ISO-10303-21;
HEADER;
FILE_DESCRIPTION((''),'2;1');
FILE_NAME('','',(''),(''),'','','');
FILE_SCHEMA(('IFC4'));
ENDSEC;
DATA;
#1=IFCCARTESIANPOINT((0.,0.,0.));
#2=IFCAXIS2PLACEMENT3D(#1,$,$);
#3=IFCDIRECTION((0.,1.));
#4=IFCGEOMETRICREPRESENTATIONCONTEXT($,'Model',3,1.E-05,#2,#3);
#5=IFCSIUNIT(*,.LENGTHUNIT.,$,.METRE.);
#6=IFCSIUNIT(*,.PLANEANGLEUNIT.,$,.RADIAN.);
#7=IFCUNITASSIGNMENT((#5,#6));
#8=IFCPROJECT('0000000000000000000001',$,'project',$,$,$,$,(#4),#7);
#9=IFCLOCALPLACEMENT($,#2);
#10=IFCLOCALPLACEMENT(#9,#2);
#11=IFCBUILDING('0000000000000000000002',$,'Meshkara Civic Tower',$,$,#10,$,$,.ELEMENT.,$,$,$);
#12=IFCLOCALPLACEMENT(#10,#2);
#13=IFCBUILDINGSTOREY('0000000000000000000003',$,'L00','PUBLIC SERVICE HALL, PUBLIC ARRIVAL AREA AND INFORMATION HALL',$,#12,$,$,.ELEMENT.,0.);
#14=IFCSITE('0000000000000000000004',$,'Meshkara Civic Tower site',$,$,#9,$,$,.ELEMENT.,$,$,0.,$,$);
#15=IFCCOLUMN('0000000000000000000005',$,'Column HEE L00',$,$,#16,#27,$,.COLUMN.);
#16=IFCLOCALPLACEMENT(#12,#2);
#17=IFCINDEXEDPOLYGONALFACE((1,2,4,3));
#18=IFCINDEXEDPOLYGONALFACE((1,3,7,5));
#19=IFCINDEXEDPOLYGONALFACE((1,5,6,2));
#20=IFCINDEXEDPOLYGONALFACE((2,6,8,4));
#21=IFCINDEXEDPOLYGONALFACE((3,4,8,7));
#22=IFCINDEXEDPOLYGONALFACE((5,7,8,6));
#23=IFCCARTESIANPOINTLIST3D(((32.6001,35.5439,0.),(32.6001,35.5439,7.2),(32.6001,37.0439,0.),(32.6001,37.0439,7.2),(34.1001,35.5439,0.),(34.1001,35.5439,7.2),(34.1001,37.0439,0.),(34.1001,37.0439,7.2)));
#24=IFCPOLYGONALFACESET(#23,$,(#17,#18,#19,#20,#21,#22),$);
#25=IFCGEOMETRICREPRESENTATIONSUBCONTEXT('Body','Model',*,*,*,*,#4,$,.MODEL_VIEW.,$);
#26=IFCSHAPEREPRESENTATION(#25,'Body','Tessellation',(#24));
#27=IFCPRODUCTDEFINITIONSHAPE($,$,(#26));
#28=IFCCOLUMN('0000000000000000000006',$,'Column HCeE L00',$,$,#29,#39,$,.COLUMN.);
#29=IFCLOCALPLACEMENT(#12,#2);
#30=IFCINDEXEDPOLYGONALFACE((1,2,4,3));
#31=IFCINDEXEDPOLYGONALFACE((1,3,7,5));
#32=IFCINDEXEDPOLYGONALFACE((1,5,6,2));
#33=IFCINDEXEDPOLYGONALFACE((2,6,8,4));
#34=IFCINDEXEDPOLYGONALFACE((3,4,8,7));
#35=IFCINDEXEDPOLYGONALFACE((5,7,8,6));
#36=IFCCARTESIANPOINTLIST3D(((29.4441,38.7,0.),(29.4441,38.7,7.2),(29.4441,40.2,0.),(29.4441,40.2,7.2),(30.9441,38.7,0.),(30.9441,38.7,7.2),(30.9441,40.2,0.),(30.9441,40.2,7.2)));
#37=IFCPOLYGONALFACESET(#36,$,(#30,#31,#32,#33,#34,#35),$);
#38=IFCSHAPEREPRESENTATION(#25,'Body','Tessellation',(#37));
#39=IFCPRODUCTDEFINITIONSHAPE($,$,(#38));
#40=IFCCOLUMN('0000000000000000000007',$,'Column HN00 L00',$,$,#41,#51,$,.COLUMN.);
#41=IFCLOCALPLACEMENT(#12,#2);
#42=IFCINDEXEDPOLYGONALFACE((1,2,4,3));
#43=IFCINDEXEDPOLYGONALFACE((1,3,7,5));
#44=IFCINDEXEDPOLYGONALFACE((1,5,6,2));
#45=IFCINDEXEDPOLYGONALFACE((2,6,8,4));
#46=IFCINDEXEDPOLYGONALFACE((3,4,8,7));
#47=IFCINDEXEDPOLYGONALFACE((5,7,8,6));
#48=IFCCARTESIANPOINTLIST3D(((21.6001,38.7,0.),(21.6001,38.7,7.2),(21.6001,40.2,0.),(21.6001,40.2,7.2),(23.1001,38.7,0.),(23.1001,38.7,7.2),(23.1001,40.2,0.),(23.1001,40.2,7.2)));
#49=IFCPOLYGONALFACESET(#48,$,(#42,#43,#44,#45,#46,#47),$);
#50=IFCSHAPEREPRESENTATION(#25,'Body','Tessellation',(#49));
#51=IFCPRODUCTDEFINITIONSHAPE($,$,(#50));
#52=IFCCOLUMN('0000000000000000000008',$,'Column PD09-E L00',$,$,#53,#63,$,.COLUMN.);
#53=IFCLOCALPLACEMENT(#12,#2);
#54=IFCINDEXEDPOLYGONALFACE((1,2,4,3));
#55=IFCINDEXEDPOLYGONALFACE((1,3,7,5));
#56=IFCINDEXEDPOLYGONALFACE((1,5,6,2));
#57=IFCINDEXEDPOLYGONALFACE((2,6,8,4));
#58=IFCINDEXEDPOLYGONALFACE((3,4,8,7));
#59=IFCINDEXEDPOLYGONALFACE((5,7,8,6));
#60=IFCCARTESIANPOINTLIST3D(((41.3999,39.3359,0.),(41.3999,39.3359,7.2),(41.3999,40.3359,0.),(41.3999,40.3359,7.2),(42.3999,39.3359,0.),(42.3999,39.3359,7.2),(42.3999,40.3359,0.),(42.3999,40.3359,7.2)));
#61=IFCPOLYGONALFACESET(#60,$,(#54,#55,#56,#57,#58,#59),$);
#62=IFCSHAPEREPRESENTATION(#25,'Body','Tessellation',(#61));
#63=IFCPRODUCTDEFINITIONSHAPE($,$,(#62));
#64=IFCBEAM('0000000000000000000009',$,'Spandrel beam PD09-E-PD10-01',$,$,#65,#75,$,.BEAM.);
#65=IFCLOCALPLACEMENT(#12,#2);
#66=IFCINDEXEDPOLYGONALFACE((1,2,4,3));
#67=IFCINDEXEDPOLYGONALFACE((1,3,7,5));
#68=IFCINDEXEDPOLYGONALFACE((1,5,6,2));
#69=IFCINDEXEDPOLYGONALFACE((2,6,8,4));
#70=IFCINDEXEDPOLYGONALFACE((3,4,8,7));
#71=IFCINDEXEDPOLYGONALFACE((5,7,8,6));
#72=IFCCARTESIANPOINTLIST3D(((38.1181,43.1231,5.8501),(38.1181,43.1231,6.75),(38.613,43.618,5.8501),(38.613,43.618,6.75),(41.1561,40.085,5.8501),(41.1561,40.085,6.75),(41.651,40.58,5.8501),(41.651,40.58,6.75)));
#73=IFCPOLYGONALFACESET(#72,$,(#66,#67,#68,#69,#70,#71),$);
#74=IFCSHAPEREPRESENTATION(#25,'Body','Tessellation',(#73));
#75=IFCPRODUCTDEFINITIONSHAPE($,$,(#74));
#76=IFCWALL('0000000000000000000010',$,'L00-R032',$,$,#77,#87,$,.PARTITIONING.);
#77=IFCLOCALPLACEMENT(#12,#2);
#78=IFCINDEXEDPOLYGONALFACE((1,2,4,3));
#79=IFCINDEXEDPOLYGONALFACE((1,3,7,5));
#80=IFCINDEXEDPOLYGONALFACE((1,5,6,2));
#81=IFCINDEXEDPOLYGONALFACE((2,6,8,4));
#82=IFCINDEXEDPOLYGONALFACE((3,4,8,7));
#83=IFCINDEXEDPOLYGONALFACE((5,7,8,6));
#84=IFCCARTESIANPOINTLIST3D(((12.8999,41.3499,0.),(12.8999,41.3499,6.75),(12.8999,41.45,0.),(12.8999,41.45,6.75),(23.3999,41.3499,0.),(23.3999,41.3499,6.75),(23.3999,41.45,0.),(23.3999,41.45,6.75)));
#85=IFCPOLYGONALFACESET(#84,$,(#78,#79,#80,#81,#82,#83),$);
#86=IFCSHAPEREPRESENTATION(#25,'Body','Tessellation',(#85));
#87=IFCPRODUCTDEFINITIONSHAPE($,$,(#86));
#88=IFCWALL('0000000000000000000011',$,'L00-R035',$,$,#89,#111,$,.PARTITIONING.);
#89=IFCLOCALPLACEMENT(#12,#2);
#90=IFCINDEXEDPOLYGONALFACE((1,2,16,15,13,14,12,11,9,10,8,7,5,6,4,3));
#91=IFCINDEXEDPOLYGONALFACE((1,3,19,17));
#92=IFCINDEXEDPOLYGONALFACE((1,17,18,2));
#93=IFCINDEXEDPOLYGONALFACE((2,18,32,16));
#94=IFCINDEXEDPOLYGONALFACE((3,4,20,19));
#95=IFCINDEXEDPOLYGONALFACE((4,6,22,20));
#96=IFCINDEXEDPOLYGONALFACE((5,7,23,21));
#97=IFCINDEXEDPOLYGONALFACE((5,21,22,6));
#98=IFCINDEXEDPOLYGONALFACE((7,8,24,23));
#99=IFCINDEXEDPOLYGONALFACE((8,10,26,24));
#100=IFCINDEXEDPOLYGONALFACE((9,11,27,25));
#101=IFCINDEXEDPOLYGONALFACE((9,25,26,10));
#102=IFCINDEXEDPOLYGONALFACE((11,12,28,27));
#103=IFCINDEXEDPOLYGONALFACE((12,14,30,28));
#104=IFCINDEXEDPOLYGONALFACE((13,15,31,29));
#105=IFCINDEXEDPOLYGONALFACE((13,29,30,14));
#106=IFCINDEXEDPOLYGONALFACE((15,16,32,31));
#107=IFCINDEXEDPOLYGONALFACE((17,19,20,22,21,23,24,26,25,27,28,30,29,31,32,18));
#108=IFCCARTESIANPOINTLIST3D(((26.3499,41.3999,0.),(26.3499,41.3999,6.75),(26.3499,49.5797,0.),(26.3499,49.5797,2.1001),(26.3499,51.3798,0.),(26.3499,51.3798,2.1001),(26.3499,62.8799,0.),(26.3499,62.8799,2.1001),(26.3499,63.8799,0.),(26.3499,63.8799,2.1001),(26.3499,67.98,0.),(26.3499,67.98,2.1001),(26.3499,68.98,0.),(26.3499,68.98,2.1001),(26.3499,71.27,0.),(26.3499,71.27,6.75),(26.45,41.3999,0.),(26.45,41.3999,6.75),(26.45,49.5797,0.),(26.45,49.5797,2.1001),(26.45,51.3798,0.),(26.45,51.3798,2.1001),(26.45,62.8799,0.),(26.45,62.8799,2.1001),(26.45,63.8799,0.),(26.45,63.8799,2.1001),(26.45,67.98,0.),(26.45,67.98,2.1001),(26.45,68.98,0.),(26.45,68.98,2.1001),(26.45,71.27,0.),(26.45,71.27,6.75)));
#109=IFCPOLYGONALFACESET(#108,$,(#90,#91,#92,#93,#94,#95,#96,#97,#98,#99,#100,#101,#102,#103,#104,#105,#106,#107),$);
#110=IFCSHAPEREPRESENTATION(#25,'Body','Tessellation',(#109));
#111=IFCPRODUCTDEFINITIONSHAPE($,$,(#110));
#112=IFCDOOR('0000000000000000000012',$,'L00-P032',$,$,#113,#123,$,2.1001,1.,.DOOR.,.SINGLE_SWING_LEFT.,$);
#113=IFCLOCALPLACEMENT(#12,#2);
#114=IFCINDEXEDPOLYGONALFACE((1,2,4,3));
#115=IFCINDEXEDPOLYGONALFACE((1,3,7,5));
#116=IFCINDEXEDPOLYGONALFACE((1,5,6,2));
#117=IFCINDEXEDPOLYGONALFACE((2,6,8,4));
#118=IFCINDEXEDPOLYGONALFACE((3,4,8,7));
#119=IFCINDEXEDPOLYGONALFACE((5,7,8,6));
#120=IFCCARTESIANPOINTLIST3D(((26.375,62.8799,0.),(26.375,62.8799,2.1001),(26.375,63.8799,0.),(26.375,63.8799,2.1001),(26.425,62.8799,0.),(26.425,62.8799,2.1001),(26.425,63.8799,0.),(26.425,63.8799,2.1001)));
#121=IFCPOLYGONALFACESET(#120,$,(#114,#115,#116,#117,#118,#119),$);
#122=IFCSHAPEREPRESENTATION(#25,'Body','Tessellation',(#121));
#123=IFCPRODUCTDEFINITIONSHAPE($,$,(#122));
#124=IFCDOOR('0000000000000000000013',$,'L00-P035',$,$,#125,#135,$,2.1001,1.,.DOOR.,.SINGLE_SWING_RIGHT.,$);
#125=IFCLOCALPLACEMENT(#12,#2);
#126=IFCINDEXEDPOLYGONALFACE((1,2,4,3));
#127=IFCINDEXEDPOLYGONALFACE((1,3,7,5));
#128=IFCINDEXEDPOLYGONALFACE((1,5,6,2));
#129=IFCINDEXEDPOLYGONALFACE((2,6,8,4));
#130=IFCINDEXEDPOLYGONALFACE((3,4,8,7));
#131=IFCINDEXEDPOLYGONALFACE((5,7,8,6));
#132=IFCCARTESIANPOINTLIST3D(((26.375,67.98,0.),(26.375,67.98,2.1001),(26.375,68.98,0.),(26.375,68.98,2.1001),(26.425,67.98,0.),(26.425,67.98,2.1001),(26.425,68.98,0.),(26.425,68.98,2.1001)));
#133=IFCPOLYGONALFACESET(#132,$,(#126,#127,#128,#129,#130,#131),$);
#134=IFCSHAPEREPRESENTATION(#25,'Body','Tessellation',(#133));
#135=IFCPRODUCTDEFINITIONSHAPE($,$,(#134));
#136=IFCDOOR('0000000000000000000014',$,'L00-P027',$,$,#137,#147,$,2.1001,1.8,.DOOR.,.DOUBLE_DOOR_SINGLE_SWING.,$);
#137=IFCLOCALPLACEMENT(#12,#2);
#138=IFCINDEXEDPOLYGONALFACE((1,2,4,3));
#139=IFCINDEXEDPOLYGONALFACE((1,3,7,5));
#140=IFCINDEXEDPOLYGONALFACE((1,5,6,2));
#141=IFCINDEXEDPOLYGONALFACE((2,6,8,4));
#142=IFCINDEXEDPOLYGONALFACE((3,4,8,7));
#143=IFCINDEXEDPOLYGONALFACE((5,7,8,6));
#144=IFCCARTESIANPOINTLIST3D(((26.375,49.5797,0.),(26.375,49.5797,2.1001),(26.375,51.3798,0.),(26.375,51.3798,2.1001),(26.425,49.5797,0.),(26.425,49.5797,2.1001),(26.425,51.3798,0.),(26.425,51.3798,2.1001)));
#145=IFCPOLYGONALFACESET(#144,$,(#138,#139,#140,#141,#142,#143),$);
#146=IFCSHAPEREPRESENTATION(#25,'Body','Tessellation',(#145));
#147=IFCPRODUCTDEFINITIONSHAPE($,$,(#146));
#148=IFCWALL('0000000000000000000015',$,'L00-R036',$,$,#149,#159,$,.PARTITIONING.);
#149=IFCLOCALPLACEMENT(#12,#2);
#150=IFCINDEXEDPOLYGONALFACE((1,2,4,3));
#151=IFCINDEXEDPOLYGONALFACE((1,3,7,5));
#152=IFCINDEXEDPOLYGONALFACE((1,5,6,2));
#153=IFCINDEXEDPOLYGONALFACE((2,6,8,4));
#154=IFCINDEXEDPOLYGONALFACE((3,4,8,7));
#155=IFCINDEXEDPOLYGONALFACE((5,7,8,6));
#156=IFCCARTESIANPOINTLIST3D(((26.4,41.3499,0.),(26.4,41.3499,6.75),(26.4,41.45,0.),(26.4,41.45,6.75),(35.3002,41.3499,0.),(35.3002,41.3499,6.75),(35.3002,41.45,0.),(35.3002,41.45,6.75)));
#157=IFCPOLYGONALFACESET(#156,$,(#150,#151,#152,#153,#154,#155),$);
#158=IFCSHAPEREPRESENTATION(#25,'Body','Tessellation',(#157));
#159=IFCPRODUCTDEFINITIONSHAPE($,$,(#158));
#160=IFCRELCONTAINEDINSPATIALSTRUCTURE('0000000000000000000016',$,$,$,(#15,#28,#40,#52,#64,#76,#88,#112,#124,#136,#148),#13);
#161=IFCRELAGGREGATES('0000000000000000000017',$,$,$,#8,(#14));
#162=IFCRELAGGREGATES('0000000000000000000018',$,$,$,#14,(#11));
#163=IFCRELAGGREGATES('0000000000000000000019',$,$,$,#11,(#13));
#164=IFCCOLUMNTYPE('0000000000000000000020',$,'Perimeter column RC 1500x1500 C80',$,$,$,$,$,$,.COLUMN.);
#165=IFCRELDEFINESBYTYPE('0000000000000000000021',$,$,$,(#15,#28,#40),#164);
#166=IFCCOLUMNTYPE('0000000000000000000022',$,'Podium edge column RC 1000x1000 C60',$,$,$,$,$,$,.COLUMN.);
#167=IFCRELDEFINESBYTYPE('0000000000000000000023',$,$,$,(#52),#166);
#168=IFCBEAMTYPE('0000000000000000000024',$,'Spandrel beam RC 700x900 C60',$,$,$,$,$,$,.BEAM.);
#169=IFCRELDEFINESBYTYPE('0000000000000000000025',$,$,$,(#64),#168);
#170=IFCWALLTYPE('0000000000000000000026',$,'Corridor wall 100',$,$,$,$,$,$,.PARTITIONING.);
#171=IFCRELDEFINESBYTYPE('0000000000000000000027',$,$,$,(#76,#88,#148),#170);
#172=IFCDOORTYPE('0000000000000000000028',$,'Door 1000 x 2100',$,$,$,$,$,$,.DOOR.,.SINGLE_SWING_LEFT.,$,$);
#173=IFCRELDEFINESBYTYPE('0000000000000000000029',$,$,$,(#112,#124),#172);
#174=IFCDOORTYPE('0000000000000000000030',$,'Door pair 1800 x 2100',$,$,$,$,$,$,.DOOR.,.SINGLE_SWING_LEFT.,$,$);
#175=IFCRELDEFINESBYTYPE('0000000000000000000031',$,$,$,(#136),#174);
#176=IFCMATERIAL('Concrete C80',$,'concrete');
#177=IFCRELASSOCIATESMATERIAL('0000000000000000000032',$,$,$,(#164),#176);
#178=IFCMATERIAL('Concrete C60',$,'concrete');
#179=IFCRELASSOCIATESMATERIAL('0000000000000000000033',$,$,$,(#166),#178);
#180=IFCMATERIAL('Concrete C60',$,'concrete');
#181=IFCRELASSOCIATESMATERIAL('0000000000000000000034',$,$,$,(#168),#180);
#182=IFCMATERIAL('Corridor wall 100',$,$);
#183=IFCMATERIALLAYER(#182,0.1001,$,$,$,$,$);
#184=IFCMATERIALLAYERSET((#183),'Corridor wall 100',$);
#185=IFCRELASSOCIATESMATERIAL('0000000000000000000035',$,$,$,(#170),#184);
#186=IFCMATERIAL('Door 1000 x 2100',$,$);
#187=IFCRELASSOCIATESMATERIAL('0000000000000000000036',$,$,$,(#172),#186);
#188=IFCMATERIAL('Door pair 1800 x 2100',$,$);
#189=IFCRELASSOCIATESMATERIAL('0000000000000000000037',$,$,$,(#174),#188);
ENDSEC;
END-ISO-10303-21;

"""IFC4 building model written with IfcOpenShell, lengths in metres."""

from ifc_helpers import new_model, si_unit, direction, frame, frame_2d, origin, origin_2d, place, context, subcontext, project, spatial, rectangle, extrude, material, layer, layer_set, material_profile, profile_set, type_object, element, fill, save


model = new_model("IFC4")

# Units and contexts
model_context = context("Model", 3, precision=1e-05, world=origin(), true_north=direction((0.0, 1.0)))
body_context = subcontext(model_context, "Body", "Model", "MODEL_VIEW")
ifc_project = project(units=[si_unit("LENGTHUNIT", "METRE"), si_unit("PLANEANGLEUNIT", "RADIAN")], contexts=[model_context])

# Site, building, storey
site_placement = place(None, origin())
site = spatial("IfcSite", under=ifc_project, at=site_placement, Name="Meshkara Civic Tower site", CompositionType="ELEMENT", RefElevation=0.0)
building_placement = place(site_placement, origin())
building = spatial("IfcBuilding", under=site, at=building_placement, Name="Meshkara Civic Tower", CompositionType="ELEMENT")
storey_placement = place(building_placement, origin())
storey = spatial("IfcBuildingStorey", under=building, at=storey_placement, Name="L00", Description="PUBLIC SERVICE HALL, PUBLIC ARRIVAL AREA AND INFORMATION HALL", CompositionType="ELEMENT", Elevation=0.0)

# Columns
ifc_material_1 = material(Name="Concrete C80", Category="concrete")
ifc_material_profile_1 = material_profile(ifc_material_1, rectangle(XDim=1.5, YDim=1.5, at=origin_2d()))
ifc_profile_set_1 = profile_set([ifc_material_profile_1], Name="Concrete C80")
column_type_1 = type_object("IfcColumnType", Name="Perimeter column RC 1500x1500 C80", PredefinedType="COLUMN", material=ifc_profile_set_1)
for number, where, z_axis, x_axis, name in (
    (1, (33.3501, 36.2939, 0.0), (0.0, 0.0, 1.0), (1.0, 0.0, 0.0), "Column HEE L00"),
    (2, (30.1941, 39.45, 0.0), (0.0, 0.0, 1.0), (1.0, 0.0, 0.0), "Column HCeE L00"),
    (3, (22.3501, 39.45, 0.0), (0.0, 0.0, 1.0), (1.0, 0.0, 0.0), "Column HN00 L00"),
):
    element("IfcColumn", number, at=place(storey_placement, frame(where, z_axis=z_axis, x_axis=x_axis)), inside=storey, type_object=column_type_1, Name=name, PredefinedType="COLUMN", context=body_context, shape_type="SweptSolid", body=[
        extrude(rectangle(XDim=1.5, YDim=1.5, at=origin_2d()), origin(), (0.0, 0.0, 1.0), 7.2),
    ])
ifc_material_2 = material(Name="Concrete C60", Category="concrete")
ifc_material_profile_2 = material_profile(ifc_material_2, rectangle(XDim=1.0, YDim=1.0, at=origin_2d()))
ifc_profile_set_2 = profile_set([ifc_material_profile_2], Name="Concrete C60")
column_type_2 = type_object("IfcColumnType", Name="Podium edge column RC 1000x1000 C60", PredefinedType="COLUMN", material=ifc_profile_set_2)
column_placement = place(storey_placement, frame((41.8999, 39.8359, 0.0), z_axis=(0.0, 0.0, 1.0), x_axis=(1.0, 0.0, 0.0)))
element("IfcColumn", 4, at=column_placement, inside=storey, type_object=column_type_2, Name="Column PD09-E L00", PredefinedType="COLUMN", context=body_context, shape_type="SweptSolid", body=[
    extrude(rectangle(XDim=1.0, YDim=1.0, at=origin_2d()), origin(), (0.0, 0.0, 1.0), 7.2),
])

# Beam
ifc_material_3 = material(Name="Concrete C60", Category="concrete")
ifc_material_profile_3 = material_profile(ifc_material_3, rectangle(XDim=0.7, YDim=0.8999, at=origin_2d()))
ifc_profile_set_3 = profile_set([ifc_material_profile_3], Name="Concrete C60")
beam_type = type_object("IfcBeamType", Name="Spandrel beam RC 700x900 C60", PredefinedType="BEAM", material=ifc_profile_set_3)
beam_placement = place(storey_placement, frame((41.4036, 40.3325, 6.3), z_axis=(-0.707107, 0.707107, 0.0), x_axis=(-0.707107, -0.707107, 0.0)))
element("IfcBeam", 5, at=beam_placement, inside=storey, type_object=beam_type, Name="Spandrel beam PD09-E-PD10-01", PredefinedType="BEAM", context=body_context, shape_type="SweptSolid", body=[
    extrude(rectangle(XDim=0.7, YDim=0.8999, at=origin_2d()), origin(), (0.0, 0.0, 1.0), 4.2964),
])

# Wall
ifc_material_4 = material(Name="Corridor wall 100")
ifc_layer_1 = layer(ifc_material_4, 0.1001)
ifc_layer_set_1 = layer_set([ifc_layer_1], Name="Corridor wall 100")
wall_type_1 = type_object("IfcWallType", Name="Corridor wall 100", PredefinedType="PARTITIONING", material=ifc_layer_set_1)
wall_1_placement = place(storey_placement, frame((23.3999, 41.3999, 0.0), z_axis=(0.0, 0.0, 1.0), x_axis=(-1.0, 0.0, 0.0)))
element("IfcWall", 6, at=wall_1_placement, inside=storey, type_object=wall_type_1, Name="L00-R032", PredefinedType="PARTITIONING", context=body_context, shape_type="SweptSolid", body=[
    extrude(rectangle(XDim=10.5, YDim=0.1001, at=frame_2d((5.25, 0.0))), origin(), (0.0, 0.0, 1.0), 6.75),
])

# Wall, openings, doors
wall_2_placement = place(storey_placement, frame((26.3999, 41.3999, 0.0), z_axis=(0.0, 0.0, 1.0), x_axis=(0.0, 1.0, 0.0)))
wall_2 = element("IfcWall", 7, at=wall_2_placement, inside=storey, type_object=wall_type_1, Name="L00-R035", PredefinedType="PARTITIONING", context=body_context, shape_type="SweptSolid", body=[
    extrude(rectangle(XDim=29.8701, YDim=0.1001, at=frame_2d((14.9351, 0.0))), origin(), (0.0, 0.0, 1.0), 6.75),
])
opening_1_placement = place(wall_2_placement, frame((8.1799, 0.0, 0.0)))
opening_1 = element("IfcOpeningElement", 8, at=opening_1_placement, cuts=wall_2, PredefinedType="OPENING", context=body_context, shape_type="SweptSolid", body=[
    extrude(rectangle(XDim=1.8, YDim=2.1001, at=frame_2d((0.8999, 1.05))), frame((0.0, 0.0601, 0.0), z_axis=(0.0, -1.0, 0.0), x_axis=(1.0, 0.0, 0.0)), (0.0, 0.0, 1.0), 0.1201),
])
opening_2_placement = place(wall_2_placement, frame((21.48, 0.0, 0.0)))
opening_2 = element("IfcOpeningElement", 9, at=opening_2_placement, cuts=wall_2, PredefinedType="OPENING", context=body_context, shape_type="SweptSolid", body=[
    extrude(rectangle(XDim=1.0, YDim=2.1001, at=frame_2d((0.5, 1.05))), frame((0.0, 0.0601, 0.0), z_axis=(0.0, -1.0, 0.0), x_axis=(1.0, 0.0, 0.0)), (0.0, 0.0, 1.0), 0.1201),
])
opening_3_placement = place(wall_2_placement, frame((26.5801, 0.0, 0.0)))
opening_3 = element("IfcOpeningElement", 10, at=opening_3_placement, cuts=wall_2, PredefinedType="OPENING", context=body_context, shape_type="SweptSolid", body=[
    extrude(rectangle(XDim=1.0, YDim=2.1001, at=frame_2d((0.5, 1.05))), frame((0.0, 0.0601, 0.0), z_axis=(0.0, -1.0, 0.0), x_axis=(1.0, 0.0, 0.0)), (0.0, 0.0, 1.0), 0.1201),
])
ifc_material_5 = material(Name="Door 1000 x 2100")
door_type_1 = type_object("IfcDoorType", Name="Door 1000 x 2100", OperationType="SINGLE_SWING_LEFT", PredefinedType="DOOR", material=ifc_material_5)
door_1_placement = place(opening_2_placement, origin())
door_1 = element("IfcDoor", 11, at=door_1_placement, inside=storey, type_object=door_type_1, Name="L00-P032", OperationType="SINGLE_SWING_LEFT", OverallHeight=2.1001, OverallWidth=1.0, PredefinedType="DOOR", context=body_context, shape_type="SweptSolid", body=[
    extrude(rectangle(XDim=1.0, YDim=2.1001, at=frame_2d((0.5, 1.05))), frame((0.0, 0.0249, 0.0), z_axis=(0.0, -1.0, 0.0), x_axis=(1.0, 0.0, 0.0)), (0.0, 0.0, 1.0), 0.05),
])
fill(opening_2, door_1)
door_2_placement = place(opening_3_placement, origin())
door_2 = element("IfcDoor", 12, at=door_2_placement, inside=storey, type_object=door_type_1, Name="L00-P035", OperationType="SINGLE_SWING_RIGHT", OverallHeight=2.1001, OverallWidth=1.0, PredefinedType="DOOR", context=body_context, shape_type="SweptSolid", body=[
    extrude(rectangle(XDim=1.0, YDim=2.1001, at=frame_2d((0.5, 1.05))), frame((0.0, 0.0249, 0.0), z_axis=(0.0, -1.0, 0.0), x_axis=(1.0, 0.0, 0.0)), (0.0, 0.0, 1.0), 0.05),
])
fill(opening_3, door_2)
ifc_material_6 = material(Name="Door pair 1800 x 2100")
door_type_2 = type_object("IfcDoorType", Name="Door pair 1800 x 2100", OperationType="SINGLE_SWING_LEFT", PredefinedType="DOOR", material=ifc_material_6)
door_3_placement = place(opening_1_placement, origin())
door_3 = element("IfcDoor", 13, at=door_3_placement, inside=storey, type_object=door_type_2, Name="L00-P027", OperationType="DOUBLE_DOOR_SINGLE_SWING", OverallHeight=2.1001, OverallWidth=1.8, PredefinedType="DOOR", context=body_context, shape_type="SweptSolid", body=[
    extrude(rectangle(XDim=1.8, YDim=2.1001, at=frame_2d((0.8999, 1.05))), frame((0.0, 0.0249, 0.0), z_axis=(0.0, -1.0, 0.0), x_axis=(1.0, 0.0, 0.0)), (0.0, 0.0, 1.0), 0.05),
])
fill(opening_1, door_3)

# Wall
wall_3_placement = place(storey_placement, frame((26.3999, 41.3999, 0.0), z_axis=(0.0, 0.0, 1.0), x_axis=(1.0, 0.0, 0.0)))
element("IfcWall", 14, at=wall_3_placement, inside=storey, type_object=wall_type_1, Name="L00-R036", PredefinedType="PARTITIONING", context=body_context, shape_type="SweptSolid", body=[
    extrude(rectangle(XDim=8.9001, YDim=0.1001, at=frame_2d((4.4502, 0.0))), origin(), (0.0, 0.0, 1.0), 6.75),
])

save(model, "model.ifc")
